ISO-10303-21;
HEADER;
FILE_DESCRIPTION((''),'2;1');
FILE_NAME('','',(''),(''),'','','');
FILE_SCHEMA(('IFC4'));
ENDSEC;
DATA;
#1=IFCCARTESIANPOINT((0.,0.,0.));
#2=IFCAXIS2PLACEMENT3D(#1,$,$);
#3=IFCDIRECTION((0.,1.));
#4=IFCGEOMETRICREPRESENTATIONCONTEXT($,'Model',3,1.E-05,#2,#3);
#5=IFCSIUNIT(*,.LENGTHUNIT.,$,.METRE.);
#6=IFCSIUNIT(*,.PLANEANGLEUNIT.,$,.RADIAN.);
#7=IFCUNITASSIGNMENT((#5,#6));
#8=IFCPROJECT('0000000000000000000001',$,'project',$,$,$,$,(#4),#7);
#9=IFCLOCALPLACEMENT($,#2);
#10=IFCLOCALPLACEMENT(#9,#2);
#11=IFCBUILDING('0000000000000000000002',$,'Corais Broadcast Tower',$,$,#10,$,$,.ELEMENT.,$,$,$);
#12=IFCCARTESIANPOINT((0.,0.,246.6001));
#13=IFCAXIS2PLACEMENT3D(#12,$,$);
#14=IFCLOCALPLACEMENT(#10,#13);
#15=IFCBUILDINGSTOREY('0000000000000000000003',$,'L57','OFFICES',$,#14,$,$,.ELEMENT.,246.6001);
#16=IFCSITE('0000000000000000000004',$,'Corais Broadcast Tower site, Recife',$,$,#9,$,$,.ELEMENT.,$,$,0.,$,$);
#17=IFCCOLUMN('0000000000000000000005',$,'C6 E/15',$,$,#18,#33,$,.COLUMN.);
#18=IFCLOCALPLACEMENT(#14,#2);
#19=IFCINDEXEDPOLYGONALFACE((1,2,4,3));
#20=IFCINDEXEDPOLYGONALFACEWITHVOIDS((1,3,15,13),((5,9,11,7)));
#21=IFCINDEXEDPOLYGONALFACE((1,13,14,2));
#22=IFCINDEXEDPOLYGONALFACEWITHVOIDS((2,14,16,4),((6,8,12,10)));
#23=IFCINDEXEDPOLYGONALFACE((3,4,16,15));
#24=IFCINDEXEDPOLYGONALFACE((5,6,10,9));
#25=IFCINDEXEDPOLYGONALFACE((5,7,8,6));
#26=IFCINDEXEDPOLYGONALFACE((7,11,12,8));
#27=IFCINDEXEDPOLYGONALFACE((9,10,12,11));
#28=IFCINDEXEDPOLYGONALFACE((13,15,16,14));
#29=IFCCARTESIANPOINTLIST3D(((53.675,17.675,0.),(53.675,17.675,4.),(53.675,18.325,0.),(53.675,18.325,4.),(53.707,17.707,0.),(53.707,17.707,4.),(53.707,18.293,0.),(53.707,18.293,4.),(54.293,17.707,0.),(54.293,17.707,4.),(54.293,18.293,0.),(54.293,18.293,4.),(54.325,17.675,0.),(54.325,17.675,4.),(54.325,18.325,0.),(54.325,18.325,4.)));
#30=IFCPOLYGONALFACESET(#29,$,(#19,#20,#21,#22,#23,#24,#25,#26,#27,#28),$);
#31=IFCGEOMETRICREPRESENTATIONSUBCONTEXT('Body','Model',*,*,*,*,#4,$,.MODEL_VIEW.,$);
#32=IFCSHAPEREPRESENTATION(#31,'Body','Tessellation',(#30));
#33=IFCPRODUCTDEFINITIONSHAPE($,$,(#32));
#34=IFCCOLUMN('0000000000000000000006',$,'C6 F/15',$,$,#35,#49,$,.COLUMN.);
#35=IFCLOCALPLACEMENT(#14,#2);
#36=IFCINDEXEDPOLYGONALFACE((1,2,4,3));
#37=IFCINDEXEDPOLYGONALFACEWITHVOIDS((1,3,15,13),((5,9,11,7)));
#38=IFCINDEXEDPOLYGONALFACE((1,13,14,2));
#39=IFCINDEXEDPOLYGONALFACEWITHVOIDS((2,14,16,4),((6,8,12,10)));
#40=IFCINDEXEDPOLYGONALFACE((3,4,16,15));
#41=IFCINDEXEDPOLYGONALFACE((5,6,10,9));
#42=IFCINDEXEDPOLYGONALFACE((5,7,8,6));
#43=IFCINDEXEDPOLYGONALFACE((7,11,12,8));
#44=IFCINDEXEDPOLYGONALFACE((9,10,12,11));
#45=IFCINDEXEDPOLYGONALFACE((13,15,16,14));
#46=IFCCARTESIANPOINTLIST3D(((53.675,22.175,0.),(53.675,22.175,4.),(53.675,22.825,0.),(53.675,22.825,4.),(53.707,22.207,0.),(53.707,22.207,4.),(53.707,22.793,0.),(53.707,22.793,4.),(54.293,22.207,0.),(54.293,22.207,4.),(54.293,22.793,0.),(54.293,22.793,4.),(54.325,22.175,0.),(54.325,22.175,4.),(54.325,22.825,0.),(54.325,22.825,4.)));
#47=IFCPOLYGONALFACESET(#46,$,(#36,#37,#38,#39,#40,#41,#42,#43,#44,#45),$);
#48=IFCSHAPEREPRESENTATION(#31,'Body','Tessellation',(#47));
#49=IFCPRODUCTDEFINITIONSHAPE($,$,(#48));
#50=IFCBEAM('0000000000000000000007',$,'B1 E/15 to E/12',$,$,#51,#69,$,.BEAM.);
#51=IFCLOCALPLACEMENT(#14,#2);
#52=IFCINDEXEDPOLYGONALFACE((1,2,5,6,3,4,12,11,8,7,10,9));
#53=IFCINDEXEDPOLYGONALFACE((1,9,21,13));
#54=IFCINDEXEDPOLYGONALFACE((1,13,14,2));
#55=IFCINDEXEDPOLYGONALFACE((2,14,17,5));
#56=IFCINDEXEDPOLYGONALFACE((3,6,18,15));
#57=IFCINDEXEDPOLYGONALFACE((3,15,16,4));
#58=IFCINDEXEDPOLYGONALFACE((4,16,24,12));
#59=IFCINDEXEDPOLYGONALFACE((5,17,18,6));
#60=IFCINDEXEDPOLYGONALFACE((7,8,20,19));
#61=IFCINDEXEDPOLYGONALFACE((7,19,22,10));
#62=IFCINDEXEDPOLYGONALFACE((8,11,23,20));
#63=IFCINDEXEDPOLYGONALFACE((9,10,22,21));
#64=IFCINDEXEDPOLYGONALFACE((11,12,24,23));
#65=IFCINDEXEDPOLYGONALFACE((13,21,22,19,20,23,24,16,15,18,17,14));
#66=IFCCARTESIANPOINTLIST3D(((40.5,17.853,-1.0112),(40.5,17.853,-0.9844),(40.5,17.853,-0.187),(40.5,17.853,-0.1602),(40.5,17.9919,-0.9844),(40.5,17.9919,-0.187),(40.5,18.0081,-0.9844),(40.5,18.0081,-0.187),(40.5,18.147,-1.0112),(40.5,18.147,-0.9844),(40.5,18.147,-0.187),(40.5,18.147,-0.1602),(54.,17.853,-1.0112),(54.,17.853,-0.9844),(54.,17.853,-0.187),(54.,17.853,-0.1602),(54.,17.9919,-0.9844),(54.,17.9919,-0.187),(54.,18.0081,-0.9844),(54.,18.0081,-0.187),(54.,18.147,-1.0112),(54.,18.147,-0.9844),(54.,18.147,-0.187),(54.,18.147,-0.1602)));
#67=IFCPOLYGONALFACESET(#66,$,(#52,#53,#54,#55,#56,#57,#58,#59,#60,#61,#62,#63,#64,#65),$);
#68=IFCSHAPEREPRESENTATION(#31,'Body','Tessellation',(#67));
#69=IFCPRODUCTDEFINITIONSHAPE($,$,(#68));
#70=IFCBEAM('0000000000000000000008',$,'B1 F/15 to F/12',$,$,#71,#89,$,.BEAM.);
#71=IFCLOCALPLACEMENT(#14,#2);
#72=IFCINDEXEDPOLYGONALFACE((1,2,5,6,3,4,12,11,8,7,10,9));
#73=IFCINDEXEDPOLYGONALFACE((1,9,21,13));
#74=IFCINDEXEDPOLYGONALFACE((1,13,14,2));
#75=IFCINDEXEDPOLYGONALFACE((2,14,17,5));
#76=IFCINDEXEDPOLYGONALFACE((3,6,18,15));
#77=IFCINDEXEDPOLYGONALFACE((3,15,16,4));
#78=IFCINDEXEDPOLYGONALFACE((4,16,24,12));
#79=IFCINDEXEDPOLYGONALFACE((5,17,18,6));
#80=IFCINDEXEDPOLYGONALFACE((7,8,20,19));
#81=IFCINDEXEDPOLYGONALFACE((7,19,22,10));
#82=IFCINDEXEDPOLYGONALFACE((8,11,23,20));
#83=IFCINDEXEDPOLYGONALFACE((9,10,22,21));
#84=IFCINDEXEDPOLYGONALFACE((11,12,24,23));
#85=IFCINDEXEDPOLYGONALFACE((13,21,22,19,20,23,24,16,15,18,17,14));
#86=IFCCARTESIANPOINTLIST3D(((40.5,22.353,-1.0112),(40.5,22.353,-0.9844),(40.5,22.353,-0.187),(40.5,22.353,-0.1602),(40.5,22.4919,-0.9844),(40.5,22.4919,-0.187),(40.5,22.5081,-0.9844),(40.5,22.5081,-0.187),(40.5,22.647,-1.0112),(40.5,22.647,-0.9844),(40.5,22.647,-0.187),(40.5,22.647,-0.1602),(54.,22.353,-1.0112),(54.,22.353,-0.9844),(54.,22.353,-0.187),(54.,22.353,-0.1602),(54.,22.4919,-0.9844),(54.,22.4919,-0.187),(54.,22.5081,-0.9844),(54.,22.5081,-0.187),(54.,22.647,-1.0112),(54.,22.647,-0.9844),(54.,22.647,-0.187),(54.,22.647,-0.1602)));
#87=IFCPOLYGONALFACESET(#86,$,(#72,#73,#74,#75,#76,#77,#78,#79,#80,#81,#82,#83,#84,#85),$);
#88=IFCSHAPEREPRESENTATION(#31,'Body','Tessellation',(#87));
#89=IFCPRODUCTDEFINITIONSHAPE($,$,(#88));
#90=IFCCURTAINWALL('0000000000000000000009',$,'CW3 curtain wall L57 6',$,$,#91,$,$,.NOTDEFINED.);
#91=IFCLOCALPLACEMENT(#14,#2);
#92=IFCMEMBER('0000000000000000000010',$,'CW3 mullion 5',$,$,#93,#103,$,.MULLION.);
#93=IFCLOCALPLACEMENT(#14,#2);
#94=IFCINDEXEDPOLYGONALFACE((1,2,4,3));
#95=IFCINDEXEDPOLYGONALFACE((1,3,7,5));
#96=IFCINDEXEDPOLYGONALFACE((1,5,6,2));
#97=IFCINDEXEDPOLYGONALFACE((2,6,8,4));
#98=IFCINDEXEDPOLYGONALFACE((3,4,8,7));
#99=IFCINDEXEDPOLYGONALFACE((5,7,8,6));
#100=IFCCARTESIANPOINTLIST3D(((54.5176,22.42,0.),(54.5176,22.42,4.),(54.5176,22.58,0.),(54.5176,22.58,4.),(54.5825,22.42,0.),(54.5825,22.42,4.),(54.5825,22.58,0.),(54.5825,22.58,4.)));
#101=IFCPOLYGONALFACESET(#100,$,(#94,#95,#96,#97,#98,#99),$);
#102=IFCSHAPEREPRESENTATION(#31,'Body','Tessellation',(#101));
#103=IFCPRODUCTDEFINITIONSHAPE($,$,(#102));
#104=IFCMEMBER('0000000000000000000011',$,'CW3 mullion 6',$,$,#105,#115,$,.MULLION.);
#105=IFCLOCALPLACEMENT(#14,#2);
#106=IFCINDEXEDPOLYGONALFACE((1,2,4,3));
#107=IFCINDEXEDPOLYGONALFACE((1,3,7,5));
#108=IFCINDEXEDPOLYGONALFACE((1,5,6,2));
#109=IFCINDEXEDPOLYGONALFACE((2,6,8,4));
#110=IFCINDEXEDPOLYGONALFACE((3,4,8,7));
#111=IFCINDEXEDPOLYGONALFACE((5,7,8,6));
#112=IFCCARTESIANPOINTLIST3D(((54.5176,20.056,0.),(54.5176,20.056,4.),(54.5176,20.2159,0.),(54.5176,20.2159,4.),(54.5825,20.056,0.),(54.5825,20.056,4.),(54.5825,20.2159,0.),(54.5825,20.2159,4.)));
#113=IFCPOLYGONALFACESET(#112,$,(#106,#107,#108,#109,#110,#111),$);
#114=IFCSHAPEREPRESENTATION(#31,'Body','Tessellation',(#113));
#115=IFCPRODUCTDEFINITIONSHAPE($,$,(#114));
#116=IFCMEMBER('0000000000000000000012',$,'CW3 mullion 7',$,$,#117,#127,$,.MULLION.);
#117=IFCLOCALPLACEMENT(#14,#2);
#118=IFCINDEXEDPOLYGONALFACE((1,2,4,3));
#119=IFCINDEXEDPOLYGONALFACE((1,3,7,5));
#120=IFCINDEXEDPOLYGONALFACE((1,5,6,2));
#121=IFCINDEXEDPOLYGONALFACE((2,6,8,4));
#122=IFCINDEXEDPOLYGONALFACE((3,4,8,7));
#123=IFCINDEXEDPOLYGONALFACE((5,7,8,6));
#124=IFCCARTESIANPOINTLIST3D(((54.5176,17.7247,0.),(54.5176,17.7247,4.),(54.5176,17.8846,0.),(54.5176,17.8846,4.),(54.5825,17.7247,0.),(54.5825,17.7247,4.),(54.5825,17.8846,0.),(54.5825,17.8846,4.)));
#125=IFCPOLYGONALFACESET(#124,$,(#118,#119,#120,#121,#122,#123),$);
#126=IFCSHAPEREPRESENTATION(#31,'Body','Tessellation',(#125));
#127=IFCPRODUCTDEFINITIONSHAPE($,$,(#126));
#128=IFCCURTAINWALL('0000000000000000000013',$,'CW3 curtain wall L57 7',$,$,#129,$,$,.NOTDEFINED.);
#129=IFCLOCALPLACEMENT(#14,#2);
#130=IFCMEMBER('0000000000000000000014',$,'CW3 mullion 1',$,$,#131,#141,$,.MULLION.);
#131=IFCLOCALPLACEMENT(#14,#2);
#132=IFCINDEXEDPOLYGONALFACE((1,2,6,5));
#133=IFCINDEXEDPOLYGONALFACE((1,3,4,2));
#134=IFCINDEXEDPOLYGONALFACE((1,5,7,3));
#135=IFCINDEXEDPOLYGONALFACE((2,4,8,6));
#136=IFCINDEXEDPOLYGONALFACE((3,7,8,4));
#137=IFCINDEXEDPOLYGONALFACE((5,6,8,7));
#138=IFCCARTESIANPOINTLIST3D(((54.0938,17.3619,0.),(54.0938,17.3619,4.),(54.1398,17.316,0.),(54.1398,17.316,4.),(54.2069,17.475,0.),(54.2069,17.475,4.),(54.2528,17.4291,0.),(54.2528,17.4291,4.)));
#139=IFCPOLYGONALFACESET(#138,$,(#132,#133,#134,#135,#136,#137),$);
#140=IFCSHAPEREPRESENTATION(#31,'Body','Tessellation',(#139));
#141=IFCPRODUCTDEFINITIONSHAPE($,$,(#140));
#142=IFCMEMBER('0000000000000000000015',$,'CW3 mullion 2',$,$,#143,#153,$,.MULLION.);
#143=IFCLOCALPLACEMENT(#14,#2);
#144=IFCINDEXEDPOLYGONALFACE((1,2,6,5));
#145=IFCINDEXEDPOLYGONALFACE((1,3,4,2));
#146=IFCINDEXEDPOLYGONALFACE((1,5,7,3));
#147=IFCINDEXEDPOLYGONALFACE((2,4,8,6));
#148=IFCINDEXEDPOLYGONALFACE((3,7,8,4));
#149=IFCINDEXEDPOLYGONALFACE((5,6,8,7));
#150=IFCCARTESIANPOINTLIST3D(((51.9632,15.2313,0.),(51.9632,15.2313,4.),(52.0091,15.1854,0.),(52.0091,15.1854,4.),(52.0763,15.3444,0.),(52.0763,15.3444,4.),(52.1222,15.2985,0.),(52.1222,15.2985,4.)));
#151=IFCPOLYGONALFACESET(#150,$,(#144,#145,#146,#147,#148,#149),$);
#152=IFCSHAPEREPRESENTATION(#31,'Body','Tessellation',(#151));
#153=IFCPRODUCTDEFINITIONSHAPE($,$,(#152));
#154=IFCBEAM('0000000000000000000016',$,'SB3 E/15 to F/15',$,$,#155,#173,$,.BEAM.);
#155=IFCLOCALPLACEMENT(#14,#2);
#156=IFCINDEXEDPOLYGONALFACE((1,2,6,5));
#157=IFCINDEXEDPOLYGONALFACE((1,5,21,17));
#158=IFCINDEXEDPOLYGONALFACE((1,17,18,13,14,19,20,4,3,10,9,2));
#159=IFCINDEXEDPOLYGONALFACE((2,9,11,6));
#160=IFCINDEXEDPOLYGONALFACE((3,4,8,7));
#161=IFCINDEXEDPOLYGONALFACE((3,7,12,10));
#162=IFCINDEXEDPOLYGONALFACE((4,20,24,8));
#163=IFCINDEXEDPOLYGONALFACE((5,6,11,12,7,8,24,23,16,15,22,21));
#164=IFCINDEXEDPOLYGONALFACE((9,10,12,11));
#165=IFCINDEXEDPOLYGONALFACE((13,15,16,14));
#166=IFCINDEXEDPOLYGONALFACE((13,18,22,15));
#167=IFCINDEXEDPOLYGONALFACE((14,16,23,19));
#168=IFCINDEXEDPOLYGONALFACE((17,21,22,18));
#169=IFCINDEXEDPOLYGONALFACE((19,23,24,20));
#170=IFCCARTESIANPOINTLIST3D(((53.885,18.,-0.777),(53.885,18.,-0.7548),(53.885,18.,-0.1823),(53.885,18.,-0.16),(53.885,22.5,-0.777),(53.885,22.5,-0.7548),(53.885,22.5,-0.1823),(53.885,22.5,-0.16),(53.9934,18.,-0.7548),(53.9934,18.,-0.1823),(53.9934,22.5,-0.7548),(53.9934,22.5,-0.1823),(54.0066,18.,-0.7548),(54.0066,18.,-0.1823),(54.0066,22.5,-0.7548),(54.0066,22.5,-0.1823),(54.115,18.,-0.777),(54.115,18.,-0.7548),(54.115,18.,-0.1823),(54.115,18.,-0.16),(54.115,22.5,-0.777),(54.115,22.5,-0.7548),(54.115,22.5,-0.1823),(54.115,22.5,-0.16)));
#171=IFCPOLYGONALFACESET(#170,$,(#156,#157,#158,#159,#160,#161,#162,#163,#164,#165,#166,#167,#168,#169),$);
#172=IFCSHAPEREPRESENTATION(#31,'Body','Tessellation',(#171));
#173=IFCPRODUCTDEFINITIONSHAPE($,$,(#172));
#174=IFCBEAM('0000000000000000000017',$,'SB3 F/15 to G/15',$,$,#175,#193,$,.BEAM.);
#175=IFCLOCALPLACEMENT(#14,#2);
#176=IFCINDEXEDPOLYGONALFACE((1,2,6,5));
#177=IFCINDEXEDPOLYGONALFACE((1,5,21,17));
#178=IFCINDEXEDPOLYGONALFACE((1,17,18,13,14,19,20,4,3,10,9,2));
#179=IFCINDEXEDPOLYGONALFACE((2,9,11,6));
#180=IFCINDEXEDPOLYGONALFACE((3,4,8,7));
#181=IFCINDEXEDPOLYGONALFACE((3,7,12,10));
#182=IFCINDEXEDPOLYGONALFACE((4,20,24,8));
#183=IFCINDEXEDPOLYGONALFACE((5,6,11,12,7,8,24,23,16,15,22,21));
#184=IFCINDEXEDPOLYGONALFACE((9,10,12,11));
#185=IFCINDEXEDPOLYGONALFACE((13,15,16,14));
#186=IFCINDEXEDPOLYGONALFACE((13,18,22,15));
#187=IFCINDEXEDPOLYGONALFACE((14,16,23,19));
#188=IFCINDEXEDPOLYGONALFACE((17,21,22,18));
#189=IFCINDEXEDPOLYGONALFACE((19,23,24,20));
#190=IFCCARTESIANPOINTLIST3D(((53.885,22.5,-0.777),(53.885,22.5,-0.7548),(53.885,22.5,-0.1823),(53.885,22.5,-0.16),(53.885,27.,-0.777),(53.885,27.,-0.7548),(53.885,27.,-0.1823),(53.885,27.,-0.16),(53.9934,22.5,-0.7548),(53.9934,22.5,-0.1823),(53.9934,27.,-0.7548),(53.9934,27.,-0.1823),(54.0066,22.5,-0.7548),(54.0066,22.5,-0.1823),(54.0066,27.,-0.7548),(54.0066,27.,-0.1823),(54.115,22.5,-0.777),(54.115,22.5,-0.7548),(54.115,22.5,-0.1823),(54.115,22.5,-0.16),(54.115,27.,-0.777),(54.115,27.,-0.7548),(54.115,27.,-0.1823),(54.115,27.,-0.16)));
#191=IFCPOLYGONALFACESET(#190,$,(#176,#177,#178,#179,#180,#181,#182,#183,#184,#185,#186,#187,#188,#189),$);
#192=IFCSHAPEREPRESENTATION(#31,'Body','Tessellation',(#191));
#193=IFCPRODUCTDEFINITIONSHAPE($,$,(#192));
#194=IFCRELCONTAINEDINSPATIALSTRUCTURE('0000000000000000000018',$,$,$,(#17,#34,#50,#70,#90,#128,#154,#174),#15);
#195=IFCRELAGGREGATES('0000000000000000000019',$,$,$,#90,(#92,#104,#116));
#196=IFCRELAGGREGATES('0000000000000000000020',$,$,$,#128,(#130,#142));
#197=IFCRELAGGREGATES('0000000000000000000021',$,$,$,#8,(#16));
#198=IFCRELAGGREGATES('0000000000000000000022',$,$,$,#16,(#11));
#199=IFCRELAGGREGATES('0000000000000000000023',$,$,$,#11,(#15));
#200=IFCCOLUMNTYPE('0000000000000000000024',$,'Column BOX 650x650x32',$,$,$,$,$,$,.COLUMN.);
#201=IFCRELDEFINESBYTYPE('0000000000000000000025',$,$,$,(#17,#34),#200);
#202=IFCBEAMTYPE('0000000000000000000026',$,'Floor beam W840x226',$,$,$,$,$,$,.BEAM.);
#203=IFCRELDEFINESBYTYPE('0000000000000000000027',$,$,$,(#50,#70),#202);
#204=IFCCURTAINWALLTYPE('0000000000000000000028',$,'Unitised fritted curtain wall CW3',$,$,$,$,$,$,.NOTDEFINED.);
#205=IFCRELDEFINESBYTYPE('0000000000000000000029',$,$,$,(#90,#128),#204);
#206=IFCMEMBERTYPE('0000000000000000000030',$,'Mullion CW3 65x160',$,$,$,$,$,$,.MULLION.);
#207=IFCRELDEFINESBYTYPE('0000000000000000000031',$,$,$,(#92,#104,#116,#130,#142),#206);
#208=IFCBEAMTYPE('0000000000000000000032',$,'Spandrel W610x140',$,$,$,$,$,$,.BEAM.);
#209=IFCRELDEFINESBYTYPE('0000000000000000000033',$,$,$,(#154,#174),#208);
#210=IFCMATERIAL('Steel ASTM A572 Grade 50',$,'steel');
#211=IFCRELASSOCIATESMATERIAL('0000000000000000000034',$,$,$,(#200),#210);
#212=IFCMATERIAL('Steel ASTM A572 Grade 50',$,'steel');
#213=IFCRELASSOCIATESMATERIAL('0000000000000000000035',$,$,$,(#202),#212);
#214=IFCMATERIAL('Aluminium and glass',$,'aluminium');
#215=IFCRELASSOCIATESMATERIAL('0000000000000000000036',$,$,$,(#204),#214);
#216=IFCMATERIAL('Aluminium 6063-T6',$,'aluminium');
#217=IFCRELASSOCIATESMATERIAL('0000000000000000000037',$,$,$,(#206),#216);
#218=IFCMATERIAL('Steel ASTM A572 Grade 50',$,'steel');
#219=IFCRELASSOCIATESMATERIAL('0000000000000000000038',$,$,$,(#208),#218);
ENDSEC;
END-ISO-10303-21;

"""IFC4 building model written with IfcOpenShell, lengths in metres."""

from ifc_helpers import new_model, si_unit, direction, frame, origin, origin_2d, place, context, subcontext, project, spatial, rectangle, hollow_rectangle, i_section, extrude, material, material_profile, profile_set, type_object, element, aggregate, save


model = new_model("IFC4")

# Units and contexts
model_context = context("Model", 3, precision=1e-05, world=origin(), true_north=direction((0.0, 1.0)))
body_context = subcontext(model_context, "Body", "Model", "MODEL_VIEW")
ifc_project = project(units=[si_unit("LENGTHUNIT", "METRE"), si_unit("PLANEANGLEUNIT", "RADIAN")], contexts=[model_context])

# Site, building, storey
site_placement = place(None, origin())
site = spatial("IfcSite", under=ifc_project, at=site_placement, Name="Corais Broadcast Tower site, Recife", CompositionType="ELEMENT", RefElevation=0.0)
building_placement = place(site_placement, origin())
building = spatial("IfcBuilding", under=site, at=building_placement, Name="Corais Broadcast Tower", CompositionType="ELEMENT")
storey_placement = place(building_placement, frame((0.0, 0.0, 246.6001)))
storey = spatial("IfcBuildingStorey", under=building, at=storey_placement, Name="L57", Description="OFFICES", CompositionType="ELEMENT", Elevation=246.6001)

# Columns
ifc_material_1 = material(Name="Steel ASTM A572 Grade 50", Category="steel")
ifc_material_profile_1 = material_profile(ifc_material_1, hollow_rectangle(XDim=0.6499, YDim=0.6499, WallThickness=0.032, at=origin_2d()), Name="BOX 650x650x32")
ifc_profile_set_1 = profile_set([ifc_material_profile_1], Name="Steel ASTM A572 Grade 50")
column_type = type_object("IfcColumnType", Name="Column BOX 650x650x32", PredefinedType="COLUMN", material=ifc_profile_set_1)
for number, where, z_axis, x_axis, name in (
    (1, (54.0, 18.0, 0.0), (0.0, 0.0, 1.0), (1.0, 0.0, 0.0), "C6 E/15"),
    (2, (54.0, 22.5, 0.0), (0.0, 0.0, 1.0), (1.0, 0.0, 0.0), "C6 F/15"),
):
    element("IfcColumn", number, at=place(storey_placement, frame(where, z_axis=z_axis, x_axis=x_axis)), inside=storey, type_object=column_type, Name=name, PredefinedType="COLUMN", context=body_context, shape_type="SweptSolid", body=[
        extrude(hollow_rectangle(XDim=0.6499, YDim=0.6499, WallThickness=0.032, at=origin_2d()), origin(), (0.0, 0.0, 1.0), 4.0),
    ])

# Beams
ifc_material_2 = material(Name="Steel ASTM A572 Grade 50", Category="steel")
ifc_material_profile_2 = material_profile(ifc_material_2, i_section(OverallWidth=0.2939, OverallDepth=0.8511, WebThickness=0.0161, FlangeThickness=0.0269, at=origin_2d()), Name="W840x226")
ifc_profile_set_2 = profile_set([ifc_material_profile_2], Name="Steel ASTM A572 Grade 50")
beam_type_1 = type_object("IfcBeamType", Name="Floor beam W840x226", PredefinedType="BEAM", material=ifc_profile_set_2)
for number, where, z_axis, x_axis, name in (
    (3, (54.0, 18.0, -0.5857), (-1.0, 0.0, 0.0), (0.0, -1.0, 0.0), "B1 E/15 to E/12"),
    (4, (54.0, 22.5, -0.5857), (-1.0, 0.0, 0.0), (0.0, -1.0, 0.0), "B1 F/15 to F/12"),
):
    element("IfcBeam", number, at=place(storey_placement, frame(where, z_axis=z_axis, x_axis=x_axis)), inside=storey, type_object=beam_type_1, Name=name, PredefinedType="BEAM", context=body_context, shape_type="SweptSolid", body=[
        extrude(i_section(OverallWidth=0.2939, OverallDepth=0.8511, WebThickness=0.0161, FlangeThickness=0.0269, at=origin_2d()), origin(), (0.0, 0.0, 1.0), 13.5),
    ])

# Curtain walls, members
ifc_material_3 = material(Name="Aluminium and glass", Category="aluminium")
curtain_wall_type = type_object("IfcCurtainWallType", Name="Unitised fritted curtain wall CW3", PredefinedType="NOTDEFINED", material=ifc_material_3)
curtain_wall_1_placement = place(storey_placement, origin())
curtain_wall_1 = element("IfcCurtainWall", 5, at=curtain_wall_1_placement, inside=storey, type_object=curtain_wall_type, Name="CW3 curtain wall L57 6", PredefinedType="NOTDEFINED")
ifc_material_4 = material(Name="Aluminium 6063-T6", Category="aluminium")
ifc_material_profile_3 = material_profile(ifc_material_4, rectangle(XDim=0.0649, YDim=0.1599, at=origin_2d()), Name="Mullion CW3 65x160")
ifc_profile_set_3 = profile_set([ifc_material_profile_3], Name="Aluminium 6063-T6")
member_type_1 = type_object("IfcMemberType", Name="Mullion CW3 65x160", PredefinedType="MULLION", material=ifc_profile_set_3)
member_1_placement = place(storey_placement, frame((54.55, 22.5, 0.0), z_axis=(0.0, 0.0, 1.0), x_axis=(1.0, 0.0, 0.0)))
member_1 = element("IfcMember", 6, at=member_1_placement, type_object=member_type_1, Name="CW3 mullion 5", PredefinedType="MULLION", context=body_context, shape_type="SweptSolid", body=[
    extrude(rectangle(XDim=0.0649, YDim=0.1599, at=origin_2d()), origin(), (0.0, 0.0, 1.0), 4.0),
])
member_2_placement = place(storey_placement, frame((54.55, 20.136, 0.0), z_axis=(0.0, 0.0, 1.0), x_axis=(1.0, 0.0, 0.0)))
member_2 = element("IfcMember", 7, at=member_2_placement, type_object=member_type_1, Name="CW3 mullion 6", PredefinedType="MULLION", context=body_context, shape_type="SweptSolid", body=[
    extrude(rectangle(XDim=0.0649, YDim=0.1599, at=origin_2d()), origin(), (0.0, 0.0, 1.0), 4.0),
])
member_3_placement = place(storey_placement, frame((54.55, 17.8047, 0.0), z_axis=(0.0, 0.0, 1.0), x_axis=(1.0, 0.0, 0.0)))
member_3 = element("IfcMember", 8, at=member_3_placement, type_object=member_type_1, Name="CW3 mullion 7", PredefinedType="MULLION", context=body_context, shape_type="SweptSolid", body=[
    extrude(rectangle(XDim=0.0649, YDim=0.1599, at=origin_2d()), origin(), (0.0, 0.0, 1.0), 4.0),
])
curtain_wall_2_placement = place(storey_placement, origin())
curtain_wall_2 = element("IfcCurtainWall", 9, at=curtain_wall_2_placement, inside=storey, type_object=curtain_wall_type, Name="CW3 curtain wall L57 7", PredefinedType="NOTDEFINED")
member_4_placement = place(storey_placement, frame((54.1733, 17.3955, 0.0), z_axis=(0.0, 0.0, 1.0), x_axis=(0.707107, -0.707107, 0.0)))
member_4 = element("IfcMember", 10, at=member_4_placement, type_object=member_type_1, Name="CW3 mullion 1", PredefinedType="MULLION", context=body_context, shape_type="SweptSolid", body=[
    extrude(rectangle(XDim=0.0649, YDim=0.1599, at=origin_2d()), origin(), (0.0, 0.0, 1.0), 4.0),
])
member_5_placement = place(storey_placement, frame((52.0427, 15.2649, 0.0), z_axis=(0.0, 0.0, 1.0), x_axis=(0.707107, -0.707107, 0.0)))
member_5 = element("IfcMember", 11, at=member_5_placement, type_object=member_type_1, Name="CW3 mullion 2", PredefinedType="MULLION", context=body_context, shape_type="SweptSolid", body=[
    extrude(rectangle(XDim=0.0649, YDim=0.1599, at=origin_2d()), origin(), (0.0, 0.0, 1.0), 4.0),
])

# Beams
ifc_material_5 = material(Name="Steel ASTM A572 Grade 50", Category="steel")
ifc_material_profile_4 = material_profile(ifc_material_5, i_section(OverallWidth=0.23, OverallDepth=0.6169, WebThickness=0.0132, FlangeThickness=0.0222, at=origin_2d()), Name="W610x140")
ifc_profile_set_4 = profile_set([ifc_material_profile_4], Name="Steel ASTM A572 Grade 50")
beam_type_2 = type_object("IfcBeamType", Name="Spandrel W610x140", PredefinedType="BEAM", material=ifc_profile_set_4)
for number, where, z_axis, x_axis, name in (
    (12, (54.0, 18.0, -0.4685), (0.0, 1.0, 0.0), (-1.0, 0.0, 0.0), "SB3 E/15 to F/15"),
    (13, (54.0, 22.5, -0.4685), (0.0, 1.0, 0.0), (-1.0, 0.0, 0.0), "SB3 F/15 to G/15"),
):
    element("IfcBeam", number, at=place(storey_placement, frame(where, z_axis=z_axis, x_axis=x_axis)), inside=storey, type_object=beam_type_2, Name=name, PredefinedType="BEAM", context=body_context, shape_type="SweptSolid", body=[
        extrude(i_section(OverallWidth=0.23, OverallDepth=0.6169, WebThickness=0.0132, FlangeThickness=0.0222, at=origin_2d()), origin(), (0.0, 0.0, 1.0), 4.5),
    ])

aggregate(curtain_wall_1, [member_1, member_2, member_3])
aggregate(curtain_wall_2, [member_4, member_5])

save(model, "model.ifc")
